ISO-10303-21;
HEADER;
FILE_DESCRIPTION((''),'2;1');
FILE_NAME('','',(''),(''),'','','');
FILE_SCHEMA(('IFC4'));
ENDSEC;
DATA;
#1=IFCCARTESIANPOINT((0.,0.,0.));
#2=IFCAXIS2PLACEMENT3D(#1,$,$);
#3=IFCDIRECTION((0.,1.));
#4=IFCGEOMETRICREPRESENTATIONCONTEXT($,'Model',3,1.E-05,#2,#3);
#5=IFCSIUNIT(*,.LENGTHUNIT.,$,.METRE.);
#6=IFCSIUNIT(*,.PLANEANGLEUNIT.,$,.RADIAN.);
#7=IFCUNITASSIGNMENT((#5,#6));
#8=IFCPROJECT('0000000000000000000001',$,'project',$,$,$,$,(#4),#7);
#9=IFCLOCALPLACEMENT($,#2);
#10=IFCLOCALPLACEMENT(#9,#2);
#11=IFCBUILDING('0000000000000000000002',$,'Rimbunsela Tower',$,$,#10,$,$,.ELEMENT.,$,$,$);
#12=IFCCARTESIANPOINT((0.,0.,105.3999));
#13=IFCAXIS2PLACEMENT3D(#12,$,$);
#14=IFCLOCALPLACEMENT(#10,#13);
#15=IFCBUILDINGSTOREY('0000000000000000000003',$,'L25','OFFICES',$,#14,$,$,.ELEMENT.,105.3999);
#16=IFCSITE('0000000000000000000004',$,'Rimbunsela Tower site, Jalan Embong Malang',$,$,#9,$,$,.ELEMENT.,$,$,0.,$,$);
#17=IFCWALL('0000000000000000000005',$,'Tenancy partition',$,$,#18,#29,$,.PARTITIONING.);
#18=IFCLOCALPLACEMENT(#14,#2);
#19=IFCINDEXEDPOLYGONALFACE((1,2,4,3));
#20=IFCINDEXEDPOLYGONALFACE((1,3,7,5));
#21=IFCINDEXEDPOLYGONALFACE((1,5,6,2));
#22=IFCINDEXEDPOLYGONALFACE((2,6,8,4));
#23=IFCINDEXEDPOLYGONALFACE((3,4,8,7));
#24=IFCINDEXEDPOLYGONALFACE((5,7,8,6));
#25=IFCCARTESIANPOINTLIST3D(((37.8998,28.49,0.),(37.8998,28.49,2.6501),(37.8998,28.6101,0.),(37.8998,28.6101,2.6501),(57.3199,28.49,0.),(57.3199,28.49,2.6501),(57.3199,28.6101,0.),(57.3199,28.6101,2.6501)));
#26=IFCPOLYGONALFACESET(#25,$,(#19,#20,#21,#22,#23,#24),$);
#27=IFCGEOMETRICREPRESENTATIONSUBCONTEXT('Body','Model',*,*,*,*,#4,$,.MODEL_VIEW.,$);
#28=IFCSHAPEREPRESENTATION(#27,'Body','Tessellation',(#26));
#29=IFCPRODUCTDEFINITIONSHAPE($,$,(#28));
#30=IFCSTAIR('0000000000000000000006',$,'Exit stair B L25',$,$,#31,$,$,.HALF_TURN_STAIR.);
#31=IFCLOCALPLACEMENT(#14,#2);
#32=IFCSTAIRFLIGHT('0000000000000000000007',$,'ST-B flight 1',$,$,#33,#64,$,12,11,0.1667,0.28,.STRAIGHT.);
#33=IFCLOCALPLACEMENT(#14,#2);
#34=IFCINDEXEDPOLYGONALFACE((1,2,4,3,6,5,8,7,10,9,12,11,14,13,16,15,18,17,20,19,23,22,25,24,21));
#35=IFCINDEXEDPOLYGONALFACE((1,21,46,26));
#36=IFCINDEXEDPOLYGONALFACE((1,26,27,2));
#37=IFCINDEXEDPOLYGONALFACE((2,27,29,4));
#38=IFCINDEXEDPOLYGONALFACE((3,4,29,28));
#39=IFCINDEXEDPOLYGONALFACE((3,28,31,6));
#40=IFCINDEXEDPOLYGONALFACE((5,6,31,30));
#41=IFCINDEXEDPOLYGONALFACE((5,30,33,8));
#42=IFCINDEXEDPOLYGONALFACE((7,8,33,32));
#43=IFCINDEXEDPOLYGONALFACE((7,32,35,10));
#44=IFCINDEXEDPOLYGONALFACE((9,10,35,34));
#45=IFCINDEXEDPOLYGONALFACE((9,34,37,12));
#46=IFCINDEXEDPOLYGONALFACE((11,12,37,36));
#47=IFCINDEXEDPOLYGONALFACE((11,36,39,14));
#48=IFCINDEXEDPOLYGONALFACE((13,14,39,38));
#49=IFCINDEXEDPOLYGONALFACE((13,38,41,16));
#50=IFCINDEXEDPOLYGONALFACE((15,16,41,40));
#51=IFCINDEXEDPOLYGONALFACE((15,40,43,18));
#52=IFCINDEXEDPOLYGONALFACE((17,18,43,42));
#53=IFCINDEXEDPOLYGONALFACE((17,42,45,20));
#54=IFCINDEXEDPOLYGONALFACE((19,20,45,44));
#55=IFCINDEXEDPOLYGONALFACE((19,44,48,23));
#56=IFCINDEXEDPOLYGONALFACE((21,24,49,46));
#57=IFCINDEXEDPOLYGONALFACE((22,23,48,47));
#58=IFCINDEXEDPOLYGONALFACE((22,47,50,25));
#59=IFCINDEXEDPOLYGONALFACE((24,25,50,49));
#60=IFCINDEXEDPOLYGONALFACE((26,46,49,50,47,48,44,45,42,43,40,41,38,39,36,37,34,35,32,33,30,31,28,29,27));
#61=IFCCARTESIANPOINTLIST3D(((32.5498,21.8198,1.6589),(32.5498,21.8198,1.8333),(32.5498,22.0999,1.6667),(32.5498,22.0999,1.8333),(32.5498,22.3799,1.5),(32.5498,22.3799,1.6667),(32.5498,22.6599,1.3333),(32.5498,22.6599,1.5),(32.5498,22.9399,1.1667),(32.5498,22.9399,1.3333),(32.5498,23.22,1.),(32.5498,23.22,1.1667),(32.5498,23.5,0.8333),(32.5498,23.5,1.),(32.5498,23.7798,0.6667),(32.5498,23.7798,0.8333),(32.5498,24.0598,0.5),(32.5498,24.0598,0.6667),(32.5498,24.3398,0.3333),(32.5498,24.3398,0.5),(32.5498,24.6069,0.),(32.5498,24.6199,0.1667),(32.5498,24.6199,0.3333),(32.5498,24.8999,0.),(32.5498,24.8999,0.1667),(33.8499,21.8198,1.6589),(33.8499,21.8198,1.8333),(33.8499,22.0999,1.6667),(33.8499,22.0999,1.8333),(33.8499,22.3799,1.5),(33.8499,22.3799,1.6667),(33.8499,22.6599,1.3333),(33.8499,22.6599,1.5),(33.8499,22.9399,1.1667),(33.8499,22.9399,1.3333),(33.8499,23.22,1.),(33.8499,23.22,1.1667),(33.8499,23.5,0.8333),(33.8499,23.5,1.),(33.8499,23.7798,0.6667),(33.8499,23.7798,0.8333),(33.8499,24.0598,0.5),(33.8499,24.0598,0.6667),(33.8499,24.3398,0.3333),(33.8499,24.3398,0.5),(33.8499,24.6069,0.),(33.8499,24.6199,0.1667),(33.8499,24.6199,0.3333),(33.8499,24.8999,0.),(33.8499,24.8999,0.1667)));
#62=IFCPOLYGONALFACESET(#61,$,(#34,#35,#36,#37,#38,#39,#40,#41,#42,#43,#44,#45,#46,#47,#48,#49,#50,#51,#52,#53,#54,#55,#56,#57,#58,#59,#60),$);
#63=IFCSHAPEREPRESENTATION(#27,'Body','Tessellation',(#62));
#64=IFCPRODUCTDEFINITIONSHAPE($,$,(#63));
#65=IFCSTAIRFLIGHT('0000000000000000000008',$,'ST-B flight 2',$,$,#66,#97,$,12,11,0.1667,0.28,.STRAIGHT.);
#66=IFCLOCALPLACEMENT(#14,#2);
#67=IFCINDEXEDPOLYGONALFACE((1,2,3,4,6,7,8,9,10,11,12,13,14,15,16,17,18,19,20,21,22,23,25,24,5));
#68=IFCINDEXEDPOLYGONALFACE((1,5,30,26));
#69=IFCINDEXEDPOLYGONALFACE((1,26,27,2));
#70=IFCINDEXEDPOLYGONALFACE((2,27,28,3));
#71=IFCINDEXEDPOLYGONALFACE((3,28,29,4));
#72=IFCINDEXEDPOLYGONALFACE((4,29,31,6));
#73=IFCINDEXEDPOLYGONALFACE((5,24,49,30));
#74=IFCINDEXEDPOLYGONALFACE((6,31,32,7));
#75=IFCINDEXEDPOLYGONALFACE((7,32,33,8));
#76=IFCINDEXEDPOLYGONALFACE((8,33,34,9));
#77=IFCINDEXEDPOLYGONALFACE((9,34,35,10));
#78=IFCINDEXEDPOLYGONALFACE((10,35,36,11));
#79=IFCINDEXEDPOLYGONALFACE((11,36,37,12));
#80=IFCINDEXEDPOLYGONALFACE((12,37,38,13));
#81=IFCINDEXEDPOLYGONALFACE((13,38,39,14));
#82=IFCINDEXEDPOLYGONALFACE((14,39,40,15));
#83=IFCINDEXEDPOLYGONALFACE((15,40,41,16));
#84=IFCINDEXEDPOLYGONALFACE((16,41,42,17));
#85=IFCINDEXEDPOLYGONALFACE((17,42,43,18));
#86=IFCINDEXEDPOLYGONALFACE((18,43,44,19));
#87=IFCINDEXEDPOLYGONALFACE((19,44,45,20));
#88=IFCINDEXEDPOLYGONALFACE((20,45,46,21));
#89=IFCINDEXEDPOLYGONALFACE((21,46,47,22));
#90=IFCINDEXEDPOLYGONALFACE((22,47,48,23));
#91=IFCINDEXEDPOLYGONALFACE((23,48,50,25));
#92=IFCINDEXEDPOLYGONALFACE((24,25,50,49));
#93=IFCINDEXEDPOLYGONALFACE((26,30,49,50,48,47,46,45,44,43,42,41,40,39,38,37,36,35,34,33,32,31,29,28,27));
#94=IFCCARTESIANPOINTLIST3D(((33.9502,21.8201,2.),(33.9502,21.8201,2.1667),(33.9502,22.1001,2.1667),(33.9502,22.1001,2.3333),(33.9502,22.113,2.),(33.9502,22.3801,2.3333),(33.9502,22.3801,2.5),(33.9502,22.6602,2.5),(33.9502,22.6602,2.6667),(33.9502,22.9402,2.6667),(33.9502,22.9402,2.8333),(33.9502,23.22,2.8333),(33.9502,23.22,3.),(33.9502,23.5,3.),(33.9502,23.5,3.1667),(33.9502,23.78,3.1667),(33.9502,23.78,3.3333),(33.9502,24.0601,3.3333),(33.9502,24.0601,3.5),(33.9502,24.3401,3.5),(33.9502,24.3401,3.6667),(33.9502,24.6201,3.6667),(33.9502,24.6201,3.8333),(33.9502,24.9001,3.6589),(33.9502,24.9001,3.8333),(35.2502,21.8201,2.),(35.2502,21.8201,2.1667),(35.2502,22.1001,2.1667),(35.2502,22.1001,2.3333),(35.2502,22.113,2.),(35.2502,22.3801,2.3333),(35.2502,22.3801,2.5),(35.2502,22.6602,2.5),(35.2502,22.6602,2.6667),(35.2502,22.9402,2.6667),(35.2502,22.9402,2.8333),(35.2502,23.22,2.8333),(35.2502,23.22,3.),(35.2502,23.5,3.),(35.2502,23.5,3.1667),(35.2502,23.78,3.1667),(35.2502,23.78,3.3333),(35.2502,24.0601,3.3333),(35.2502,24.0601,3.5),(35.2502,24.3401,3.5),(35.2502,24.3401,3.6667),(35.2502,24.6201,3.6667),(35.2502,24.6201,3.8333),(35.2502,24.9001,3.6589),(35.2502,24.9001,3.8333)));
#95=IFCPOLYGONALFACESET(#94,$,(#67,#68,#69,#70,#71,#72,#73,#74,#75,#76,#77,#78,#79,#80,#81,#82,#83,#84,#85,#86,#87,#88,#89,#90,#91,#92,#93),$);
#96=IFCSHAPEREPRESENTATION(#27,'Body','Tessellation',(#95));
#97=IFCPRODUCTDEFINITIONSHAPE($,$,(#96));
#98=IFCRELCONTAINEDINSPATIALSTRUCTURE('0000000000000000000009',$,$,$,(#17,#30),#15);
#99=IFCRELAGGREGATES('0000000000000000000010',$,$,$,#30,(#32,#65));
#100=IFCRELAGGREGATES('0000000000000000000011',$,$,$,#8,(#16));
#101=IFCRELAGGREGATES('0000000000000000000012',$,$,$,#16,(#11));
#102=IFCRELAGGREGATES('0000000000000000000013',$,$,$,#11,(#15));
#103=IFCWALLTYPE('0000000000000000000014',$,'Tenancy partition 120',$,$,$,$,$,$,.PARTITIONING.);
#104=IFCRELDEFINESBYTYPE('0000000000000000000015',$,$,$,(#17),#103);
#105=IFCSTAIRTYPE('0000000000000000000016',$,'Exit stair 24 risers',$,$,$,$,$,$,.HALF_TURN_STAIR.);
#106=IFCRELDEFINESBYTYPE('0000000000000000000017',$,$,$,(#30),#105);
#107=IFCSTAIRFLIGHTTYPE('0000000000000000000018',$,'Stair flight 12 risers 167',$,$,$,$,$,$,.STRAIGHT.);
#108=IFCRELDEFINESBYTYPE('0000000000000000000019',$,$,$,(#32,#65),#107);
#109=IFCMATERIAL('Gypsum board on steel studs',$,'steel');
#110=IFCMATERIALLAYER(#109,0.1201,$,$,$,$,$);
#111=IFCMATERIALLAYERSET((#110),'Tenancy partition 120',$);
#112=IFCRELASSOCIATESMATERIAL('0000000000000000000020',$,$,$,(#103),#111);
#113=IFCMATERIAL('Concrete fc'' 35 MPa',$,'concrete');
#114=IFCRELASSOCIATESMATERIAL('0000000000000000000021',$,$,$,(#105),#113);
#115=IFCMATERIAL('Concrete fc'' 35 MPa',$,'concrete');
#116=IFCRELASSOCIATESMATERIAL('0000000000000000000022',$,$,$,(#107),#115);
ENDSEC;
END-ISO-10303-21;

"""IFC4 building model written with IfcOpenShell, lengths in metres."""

from ifc_helpers import new_model, si_unit, direction, frame, frame_2d, origin, place, context, subcontext, project, spatial, polyline, rectangle, outline, extrude, material, layer, layer_set, type_object, element, aggregate, save


model = new_model("IFC4")

# Units and contexts
model_context = context("Model", 3, precision=1e-05, world=origin(), true_north=direction((0.0, 1.0)))
body_context = subcontext(model_context, "Body", "Model", "MODEL_VIEW")
ifc_project = project(units=[si_unit("LENGTHUNIT", "METRE"), si_unit("PLANEANGLEUNIT", "RADIAN")], contexts=[model_context])

# Site, building, storey
site_placement = place(None, origin())
site = spatial("IfcSite", under=ifc_project, at=site_placement, Name="Rimbunsela Tower site, Jalan Embong Malang", CompositionType="ELEMENT", RefElevation=0.0)
building_placement = place(site_placement, origin())
building = spatial("IfcBuilding", under=site, at=building_placement, Name="Rimbunsela Tower", CompositionType="ELEMENT")
storey_placement = place(building_placement, frame((0.0, 0.0, 105.3999)))
storey = spatial("IfcBuildingStorey", under=building, at=storey_placement, Name="L25", Description="OFFICES", CompositionType="ELEMENT", Elevation=105.3999)

# Wall
ifc_material_1 = material(Name="Gypsum board on steel studs", Category="steel")
ifc_layer_1 = layer(ifc_material_1, 0.1201)
ifc_layer_set_1 = layer_set([ifc_layer_1], Name="Tenancy partition 120")
wall_type_1 = type_object("IfcWallType", Name="Tenancy partition 120", PredefinedType="PARTITIONING", material=ifc_layer_set_1)
for number, where, z_axis, x_axis, name in (
    (1, (37.8999, 28.55, 0.0), (0.0, 0.0, 1.0), (1.0, 0.0, 0.0), "Tenancy partition"),
):
    element("IfcWall", number, at=place(storey_placement, frame(where, z_axis=z_axis, x_axis=x_axis)), inside=storey, type_object=wall_type_1, Name=name, PredefinedType="PARTITIONING", context=body_context, shape_type="SweptSolid", body=[
        extrude(rectangle(XDim=19.4202, YDim=0.1201, at=frame_2d((9.71, 0.0))), origin(), (0.0, 0.0, 1.0), 2.6501),
    ])

# Stair, stair flights
ifc_material_2 = material(Name="Concrete fc' 35 MPa", Category="concrete")
stair_type = type_object("IfcStairType", Name="Exit stair 24 risers", PredefinedType="HALF_TURN_STAIR", material=ifc_material_2)
stair_placement = place(storey_placement, origin())
stair = element("IfcStair", 2, at=stair_placement, inside=storey, type_object=stair_type, Name="Exit stair B L25", PredefinedType="HALF_TURN_STAIR")
ifc_material_3 = material(Name="Concrete fc' 35 MPa", Category="concrete")
stair_flight_type = type_object("IfcStairFlightType", Name="Stair flight 12 risers 167", PredefinedType="STRAIGHT", material=ifc_material_3)
stair_flight_1_placement = place(storey_placement, frame((33.2, 24.8999, 0.0), z_axis=(0.0, 0.0, 1.0), x_axis=(0.0, -1.0, 0.0)))
stair_flight_1 = element("IfcStairFlight", 3, at=stair_flight_1_placement, type_object=stair_flight_type, Name="ST-B flight 1", NumberOfRisers=12, NumberOfTreads=11, PredefinedType="STRAIGHT", RiserHeight=0.1667, TreadLength=0.28, context=body_context, shape_type="SweptSolid", body=[
    extrude(outline(polyline([(0.0, 0.0), (0.0, 0.1667), (0.28, 0.1667), (0.28, 0.3333), (0.5601, 0.3333), (0.5601, 0.5), (0.8401, 0.5), (0.8401, 0.6667), (1.1201, 0.6667), (1.1201, 0.8333), (1.3999, 0.8333), (1.3999, 1.0), (1.6799, 1.0), (1.6799, 1.1667), (1.96, 1.1667), (1.96, 1.3333), (2.24, 1.3333), (2.24, 1.5), (2.52, 1.5), (2.52, 1.6667), (2.8, 1.6667), (2.8, 1.8333), (3.0801, 1.8333), (3.0801, 2.0), (3.0801, 1.6589), (0.293, 0.0), (0.0, 0.0)])), frame((0.0, 0.6499, 0.0), z_axis=(0.0, -1.0, 0.0), x_axis=(1.0, 0.0, 0.0)), (0.0, 0.0, 1.0), 1.3),
])
stair_flight_2_placement = place(storey_placement, frame((34.6001, 21.8201, 2.0), z_axis=(0.0, 0.0, 1.0), x_axis=(0.0, 1.0, 0.0)))
stair_flight_2 = element("IfcStairFlight", 4, at=stair_flight_2_placement, type_object=stair_flight_type, Name="ST-B flight 2", NumberOfRisers=12, NumberOfTreads=11, PredefinedType="STRAIGHT", RiserHeight=0.1667, TreadLength=0.28, context=body_context, shape_type="SweptSolid", body=[
    extrude(outline(polyline([(0.0, 0.0), (0.0, 0.1667), (0.28, 0.1667), (0.28, 0.3333), (0.5601, 0.3333), (0.5601, 0.5), (0.8401, 0.5), (0.8401, 0.6667), (1.1201, 0.6667), (1.1201, 0.8333), (1.3999, 0.8333), (1.3999, 1.0), (1.6799, 1.0), (1.6799, 1.1667), (1.96, 1.1667), (1.96, 1.3333), (2.24, 1.3333), (2.24, 1.5), (2.52, 1.5), (2.52, 1.6667), (2.8, 1.6667), (2.8, 1.8333), (3.0801, 1.8333), (3.0801, 2.0), (3.0801, 1.6589), (0.293, 0.0), (0.0, 0.0)])), frame((0.0, 0.6499, 0.0), z_axis=(0.0, -1.0, 0.0), x_axis=(1.0, 0.0, 0.0)), (0.0, 0.0, 1.0), 1.3),
])
aggregate(stair, [stair_flight_1, stair_flight_2])

save(model, "model.ifc")
